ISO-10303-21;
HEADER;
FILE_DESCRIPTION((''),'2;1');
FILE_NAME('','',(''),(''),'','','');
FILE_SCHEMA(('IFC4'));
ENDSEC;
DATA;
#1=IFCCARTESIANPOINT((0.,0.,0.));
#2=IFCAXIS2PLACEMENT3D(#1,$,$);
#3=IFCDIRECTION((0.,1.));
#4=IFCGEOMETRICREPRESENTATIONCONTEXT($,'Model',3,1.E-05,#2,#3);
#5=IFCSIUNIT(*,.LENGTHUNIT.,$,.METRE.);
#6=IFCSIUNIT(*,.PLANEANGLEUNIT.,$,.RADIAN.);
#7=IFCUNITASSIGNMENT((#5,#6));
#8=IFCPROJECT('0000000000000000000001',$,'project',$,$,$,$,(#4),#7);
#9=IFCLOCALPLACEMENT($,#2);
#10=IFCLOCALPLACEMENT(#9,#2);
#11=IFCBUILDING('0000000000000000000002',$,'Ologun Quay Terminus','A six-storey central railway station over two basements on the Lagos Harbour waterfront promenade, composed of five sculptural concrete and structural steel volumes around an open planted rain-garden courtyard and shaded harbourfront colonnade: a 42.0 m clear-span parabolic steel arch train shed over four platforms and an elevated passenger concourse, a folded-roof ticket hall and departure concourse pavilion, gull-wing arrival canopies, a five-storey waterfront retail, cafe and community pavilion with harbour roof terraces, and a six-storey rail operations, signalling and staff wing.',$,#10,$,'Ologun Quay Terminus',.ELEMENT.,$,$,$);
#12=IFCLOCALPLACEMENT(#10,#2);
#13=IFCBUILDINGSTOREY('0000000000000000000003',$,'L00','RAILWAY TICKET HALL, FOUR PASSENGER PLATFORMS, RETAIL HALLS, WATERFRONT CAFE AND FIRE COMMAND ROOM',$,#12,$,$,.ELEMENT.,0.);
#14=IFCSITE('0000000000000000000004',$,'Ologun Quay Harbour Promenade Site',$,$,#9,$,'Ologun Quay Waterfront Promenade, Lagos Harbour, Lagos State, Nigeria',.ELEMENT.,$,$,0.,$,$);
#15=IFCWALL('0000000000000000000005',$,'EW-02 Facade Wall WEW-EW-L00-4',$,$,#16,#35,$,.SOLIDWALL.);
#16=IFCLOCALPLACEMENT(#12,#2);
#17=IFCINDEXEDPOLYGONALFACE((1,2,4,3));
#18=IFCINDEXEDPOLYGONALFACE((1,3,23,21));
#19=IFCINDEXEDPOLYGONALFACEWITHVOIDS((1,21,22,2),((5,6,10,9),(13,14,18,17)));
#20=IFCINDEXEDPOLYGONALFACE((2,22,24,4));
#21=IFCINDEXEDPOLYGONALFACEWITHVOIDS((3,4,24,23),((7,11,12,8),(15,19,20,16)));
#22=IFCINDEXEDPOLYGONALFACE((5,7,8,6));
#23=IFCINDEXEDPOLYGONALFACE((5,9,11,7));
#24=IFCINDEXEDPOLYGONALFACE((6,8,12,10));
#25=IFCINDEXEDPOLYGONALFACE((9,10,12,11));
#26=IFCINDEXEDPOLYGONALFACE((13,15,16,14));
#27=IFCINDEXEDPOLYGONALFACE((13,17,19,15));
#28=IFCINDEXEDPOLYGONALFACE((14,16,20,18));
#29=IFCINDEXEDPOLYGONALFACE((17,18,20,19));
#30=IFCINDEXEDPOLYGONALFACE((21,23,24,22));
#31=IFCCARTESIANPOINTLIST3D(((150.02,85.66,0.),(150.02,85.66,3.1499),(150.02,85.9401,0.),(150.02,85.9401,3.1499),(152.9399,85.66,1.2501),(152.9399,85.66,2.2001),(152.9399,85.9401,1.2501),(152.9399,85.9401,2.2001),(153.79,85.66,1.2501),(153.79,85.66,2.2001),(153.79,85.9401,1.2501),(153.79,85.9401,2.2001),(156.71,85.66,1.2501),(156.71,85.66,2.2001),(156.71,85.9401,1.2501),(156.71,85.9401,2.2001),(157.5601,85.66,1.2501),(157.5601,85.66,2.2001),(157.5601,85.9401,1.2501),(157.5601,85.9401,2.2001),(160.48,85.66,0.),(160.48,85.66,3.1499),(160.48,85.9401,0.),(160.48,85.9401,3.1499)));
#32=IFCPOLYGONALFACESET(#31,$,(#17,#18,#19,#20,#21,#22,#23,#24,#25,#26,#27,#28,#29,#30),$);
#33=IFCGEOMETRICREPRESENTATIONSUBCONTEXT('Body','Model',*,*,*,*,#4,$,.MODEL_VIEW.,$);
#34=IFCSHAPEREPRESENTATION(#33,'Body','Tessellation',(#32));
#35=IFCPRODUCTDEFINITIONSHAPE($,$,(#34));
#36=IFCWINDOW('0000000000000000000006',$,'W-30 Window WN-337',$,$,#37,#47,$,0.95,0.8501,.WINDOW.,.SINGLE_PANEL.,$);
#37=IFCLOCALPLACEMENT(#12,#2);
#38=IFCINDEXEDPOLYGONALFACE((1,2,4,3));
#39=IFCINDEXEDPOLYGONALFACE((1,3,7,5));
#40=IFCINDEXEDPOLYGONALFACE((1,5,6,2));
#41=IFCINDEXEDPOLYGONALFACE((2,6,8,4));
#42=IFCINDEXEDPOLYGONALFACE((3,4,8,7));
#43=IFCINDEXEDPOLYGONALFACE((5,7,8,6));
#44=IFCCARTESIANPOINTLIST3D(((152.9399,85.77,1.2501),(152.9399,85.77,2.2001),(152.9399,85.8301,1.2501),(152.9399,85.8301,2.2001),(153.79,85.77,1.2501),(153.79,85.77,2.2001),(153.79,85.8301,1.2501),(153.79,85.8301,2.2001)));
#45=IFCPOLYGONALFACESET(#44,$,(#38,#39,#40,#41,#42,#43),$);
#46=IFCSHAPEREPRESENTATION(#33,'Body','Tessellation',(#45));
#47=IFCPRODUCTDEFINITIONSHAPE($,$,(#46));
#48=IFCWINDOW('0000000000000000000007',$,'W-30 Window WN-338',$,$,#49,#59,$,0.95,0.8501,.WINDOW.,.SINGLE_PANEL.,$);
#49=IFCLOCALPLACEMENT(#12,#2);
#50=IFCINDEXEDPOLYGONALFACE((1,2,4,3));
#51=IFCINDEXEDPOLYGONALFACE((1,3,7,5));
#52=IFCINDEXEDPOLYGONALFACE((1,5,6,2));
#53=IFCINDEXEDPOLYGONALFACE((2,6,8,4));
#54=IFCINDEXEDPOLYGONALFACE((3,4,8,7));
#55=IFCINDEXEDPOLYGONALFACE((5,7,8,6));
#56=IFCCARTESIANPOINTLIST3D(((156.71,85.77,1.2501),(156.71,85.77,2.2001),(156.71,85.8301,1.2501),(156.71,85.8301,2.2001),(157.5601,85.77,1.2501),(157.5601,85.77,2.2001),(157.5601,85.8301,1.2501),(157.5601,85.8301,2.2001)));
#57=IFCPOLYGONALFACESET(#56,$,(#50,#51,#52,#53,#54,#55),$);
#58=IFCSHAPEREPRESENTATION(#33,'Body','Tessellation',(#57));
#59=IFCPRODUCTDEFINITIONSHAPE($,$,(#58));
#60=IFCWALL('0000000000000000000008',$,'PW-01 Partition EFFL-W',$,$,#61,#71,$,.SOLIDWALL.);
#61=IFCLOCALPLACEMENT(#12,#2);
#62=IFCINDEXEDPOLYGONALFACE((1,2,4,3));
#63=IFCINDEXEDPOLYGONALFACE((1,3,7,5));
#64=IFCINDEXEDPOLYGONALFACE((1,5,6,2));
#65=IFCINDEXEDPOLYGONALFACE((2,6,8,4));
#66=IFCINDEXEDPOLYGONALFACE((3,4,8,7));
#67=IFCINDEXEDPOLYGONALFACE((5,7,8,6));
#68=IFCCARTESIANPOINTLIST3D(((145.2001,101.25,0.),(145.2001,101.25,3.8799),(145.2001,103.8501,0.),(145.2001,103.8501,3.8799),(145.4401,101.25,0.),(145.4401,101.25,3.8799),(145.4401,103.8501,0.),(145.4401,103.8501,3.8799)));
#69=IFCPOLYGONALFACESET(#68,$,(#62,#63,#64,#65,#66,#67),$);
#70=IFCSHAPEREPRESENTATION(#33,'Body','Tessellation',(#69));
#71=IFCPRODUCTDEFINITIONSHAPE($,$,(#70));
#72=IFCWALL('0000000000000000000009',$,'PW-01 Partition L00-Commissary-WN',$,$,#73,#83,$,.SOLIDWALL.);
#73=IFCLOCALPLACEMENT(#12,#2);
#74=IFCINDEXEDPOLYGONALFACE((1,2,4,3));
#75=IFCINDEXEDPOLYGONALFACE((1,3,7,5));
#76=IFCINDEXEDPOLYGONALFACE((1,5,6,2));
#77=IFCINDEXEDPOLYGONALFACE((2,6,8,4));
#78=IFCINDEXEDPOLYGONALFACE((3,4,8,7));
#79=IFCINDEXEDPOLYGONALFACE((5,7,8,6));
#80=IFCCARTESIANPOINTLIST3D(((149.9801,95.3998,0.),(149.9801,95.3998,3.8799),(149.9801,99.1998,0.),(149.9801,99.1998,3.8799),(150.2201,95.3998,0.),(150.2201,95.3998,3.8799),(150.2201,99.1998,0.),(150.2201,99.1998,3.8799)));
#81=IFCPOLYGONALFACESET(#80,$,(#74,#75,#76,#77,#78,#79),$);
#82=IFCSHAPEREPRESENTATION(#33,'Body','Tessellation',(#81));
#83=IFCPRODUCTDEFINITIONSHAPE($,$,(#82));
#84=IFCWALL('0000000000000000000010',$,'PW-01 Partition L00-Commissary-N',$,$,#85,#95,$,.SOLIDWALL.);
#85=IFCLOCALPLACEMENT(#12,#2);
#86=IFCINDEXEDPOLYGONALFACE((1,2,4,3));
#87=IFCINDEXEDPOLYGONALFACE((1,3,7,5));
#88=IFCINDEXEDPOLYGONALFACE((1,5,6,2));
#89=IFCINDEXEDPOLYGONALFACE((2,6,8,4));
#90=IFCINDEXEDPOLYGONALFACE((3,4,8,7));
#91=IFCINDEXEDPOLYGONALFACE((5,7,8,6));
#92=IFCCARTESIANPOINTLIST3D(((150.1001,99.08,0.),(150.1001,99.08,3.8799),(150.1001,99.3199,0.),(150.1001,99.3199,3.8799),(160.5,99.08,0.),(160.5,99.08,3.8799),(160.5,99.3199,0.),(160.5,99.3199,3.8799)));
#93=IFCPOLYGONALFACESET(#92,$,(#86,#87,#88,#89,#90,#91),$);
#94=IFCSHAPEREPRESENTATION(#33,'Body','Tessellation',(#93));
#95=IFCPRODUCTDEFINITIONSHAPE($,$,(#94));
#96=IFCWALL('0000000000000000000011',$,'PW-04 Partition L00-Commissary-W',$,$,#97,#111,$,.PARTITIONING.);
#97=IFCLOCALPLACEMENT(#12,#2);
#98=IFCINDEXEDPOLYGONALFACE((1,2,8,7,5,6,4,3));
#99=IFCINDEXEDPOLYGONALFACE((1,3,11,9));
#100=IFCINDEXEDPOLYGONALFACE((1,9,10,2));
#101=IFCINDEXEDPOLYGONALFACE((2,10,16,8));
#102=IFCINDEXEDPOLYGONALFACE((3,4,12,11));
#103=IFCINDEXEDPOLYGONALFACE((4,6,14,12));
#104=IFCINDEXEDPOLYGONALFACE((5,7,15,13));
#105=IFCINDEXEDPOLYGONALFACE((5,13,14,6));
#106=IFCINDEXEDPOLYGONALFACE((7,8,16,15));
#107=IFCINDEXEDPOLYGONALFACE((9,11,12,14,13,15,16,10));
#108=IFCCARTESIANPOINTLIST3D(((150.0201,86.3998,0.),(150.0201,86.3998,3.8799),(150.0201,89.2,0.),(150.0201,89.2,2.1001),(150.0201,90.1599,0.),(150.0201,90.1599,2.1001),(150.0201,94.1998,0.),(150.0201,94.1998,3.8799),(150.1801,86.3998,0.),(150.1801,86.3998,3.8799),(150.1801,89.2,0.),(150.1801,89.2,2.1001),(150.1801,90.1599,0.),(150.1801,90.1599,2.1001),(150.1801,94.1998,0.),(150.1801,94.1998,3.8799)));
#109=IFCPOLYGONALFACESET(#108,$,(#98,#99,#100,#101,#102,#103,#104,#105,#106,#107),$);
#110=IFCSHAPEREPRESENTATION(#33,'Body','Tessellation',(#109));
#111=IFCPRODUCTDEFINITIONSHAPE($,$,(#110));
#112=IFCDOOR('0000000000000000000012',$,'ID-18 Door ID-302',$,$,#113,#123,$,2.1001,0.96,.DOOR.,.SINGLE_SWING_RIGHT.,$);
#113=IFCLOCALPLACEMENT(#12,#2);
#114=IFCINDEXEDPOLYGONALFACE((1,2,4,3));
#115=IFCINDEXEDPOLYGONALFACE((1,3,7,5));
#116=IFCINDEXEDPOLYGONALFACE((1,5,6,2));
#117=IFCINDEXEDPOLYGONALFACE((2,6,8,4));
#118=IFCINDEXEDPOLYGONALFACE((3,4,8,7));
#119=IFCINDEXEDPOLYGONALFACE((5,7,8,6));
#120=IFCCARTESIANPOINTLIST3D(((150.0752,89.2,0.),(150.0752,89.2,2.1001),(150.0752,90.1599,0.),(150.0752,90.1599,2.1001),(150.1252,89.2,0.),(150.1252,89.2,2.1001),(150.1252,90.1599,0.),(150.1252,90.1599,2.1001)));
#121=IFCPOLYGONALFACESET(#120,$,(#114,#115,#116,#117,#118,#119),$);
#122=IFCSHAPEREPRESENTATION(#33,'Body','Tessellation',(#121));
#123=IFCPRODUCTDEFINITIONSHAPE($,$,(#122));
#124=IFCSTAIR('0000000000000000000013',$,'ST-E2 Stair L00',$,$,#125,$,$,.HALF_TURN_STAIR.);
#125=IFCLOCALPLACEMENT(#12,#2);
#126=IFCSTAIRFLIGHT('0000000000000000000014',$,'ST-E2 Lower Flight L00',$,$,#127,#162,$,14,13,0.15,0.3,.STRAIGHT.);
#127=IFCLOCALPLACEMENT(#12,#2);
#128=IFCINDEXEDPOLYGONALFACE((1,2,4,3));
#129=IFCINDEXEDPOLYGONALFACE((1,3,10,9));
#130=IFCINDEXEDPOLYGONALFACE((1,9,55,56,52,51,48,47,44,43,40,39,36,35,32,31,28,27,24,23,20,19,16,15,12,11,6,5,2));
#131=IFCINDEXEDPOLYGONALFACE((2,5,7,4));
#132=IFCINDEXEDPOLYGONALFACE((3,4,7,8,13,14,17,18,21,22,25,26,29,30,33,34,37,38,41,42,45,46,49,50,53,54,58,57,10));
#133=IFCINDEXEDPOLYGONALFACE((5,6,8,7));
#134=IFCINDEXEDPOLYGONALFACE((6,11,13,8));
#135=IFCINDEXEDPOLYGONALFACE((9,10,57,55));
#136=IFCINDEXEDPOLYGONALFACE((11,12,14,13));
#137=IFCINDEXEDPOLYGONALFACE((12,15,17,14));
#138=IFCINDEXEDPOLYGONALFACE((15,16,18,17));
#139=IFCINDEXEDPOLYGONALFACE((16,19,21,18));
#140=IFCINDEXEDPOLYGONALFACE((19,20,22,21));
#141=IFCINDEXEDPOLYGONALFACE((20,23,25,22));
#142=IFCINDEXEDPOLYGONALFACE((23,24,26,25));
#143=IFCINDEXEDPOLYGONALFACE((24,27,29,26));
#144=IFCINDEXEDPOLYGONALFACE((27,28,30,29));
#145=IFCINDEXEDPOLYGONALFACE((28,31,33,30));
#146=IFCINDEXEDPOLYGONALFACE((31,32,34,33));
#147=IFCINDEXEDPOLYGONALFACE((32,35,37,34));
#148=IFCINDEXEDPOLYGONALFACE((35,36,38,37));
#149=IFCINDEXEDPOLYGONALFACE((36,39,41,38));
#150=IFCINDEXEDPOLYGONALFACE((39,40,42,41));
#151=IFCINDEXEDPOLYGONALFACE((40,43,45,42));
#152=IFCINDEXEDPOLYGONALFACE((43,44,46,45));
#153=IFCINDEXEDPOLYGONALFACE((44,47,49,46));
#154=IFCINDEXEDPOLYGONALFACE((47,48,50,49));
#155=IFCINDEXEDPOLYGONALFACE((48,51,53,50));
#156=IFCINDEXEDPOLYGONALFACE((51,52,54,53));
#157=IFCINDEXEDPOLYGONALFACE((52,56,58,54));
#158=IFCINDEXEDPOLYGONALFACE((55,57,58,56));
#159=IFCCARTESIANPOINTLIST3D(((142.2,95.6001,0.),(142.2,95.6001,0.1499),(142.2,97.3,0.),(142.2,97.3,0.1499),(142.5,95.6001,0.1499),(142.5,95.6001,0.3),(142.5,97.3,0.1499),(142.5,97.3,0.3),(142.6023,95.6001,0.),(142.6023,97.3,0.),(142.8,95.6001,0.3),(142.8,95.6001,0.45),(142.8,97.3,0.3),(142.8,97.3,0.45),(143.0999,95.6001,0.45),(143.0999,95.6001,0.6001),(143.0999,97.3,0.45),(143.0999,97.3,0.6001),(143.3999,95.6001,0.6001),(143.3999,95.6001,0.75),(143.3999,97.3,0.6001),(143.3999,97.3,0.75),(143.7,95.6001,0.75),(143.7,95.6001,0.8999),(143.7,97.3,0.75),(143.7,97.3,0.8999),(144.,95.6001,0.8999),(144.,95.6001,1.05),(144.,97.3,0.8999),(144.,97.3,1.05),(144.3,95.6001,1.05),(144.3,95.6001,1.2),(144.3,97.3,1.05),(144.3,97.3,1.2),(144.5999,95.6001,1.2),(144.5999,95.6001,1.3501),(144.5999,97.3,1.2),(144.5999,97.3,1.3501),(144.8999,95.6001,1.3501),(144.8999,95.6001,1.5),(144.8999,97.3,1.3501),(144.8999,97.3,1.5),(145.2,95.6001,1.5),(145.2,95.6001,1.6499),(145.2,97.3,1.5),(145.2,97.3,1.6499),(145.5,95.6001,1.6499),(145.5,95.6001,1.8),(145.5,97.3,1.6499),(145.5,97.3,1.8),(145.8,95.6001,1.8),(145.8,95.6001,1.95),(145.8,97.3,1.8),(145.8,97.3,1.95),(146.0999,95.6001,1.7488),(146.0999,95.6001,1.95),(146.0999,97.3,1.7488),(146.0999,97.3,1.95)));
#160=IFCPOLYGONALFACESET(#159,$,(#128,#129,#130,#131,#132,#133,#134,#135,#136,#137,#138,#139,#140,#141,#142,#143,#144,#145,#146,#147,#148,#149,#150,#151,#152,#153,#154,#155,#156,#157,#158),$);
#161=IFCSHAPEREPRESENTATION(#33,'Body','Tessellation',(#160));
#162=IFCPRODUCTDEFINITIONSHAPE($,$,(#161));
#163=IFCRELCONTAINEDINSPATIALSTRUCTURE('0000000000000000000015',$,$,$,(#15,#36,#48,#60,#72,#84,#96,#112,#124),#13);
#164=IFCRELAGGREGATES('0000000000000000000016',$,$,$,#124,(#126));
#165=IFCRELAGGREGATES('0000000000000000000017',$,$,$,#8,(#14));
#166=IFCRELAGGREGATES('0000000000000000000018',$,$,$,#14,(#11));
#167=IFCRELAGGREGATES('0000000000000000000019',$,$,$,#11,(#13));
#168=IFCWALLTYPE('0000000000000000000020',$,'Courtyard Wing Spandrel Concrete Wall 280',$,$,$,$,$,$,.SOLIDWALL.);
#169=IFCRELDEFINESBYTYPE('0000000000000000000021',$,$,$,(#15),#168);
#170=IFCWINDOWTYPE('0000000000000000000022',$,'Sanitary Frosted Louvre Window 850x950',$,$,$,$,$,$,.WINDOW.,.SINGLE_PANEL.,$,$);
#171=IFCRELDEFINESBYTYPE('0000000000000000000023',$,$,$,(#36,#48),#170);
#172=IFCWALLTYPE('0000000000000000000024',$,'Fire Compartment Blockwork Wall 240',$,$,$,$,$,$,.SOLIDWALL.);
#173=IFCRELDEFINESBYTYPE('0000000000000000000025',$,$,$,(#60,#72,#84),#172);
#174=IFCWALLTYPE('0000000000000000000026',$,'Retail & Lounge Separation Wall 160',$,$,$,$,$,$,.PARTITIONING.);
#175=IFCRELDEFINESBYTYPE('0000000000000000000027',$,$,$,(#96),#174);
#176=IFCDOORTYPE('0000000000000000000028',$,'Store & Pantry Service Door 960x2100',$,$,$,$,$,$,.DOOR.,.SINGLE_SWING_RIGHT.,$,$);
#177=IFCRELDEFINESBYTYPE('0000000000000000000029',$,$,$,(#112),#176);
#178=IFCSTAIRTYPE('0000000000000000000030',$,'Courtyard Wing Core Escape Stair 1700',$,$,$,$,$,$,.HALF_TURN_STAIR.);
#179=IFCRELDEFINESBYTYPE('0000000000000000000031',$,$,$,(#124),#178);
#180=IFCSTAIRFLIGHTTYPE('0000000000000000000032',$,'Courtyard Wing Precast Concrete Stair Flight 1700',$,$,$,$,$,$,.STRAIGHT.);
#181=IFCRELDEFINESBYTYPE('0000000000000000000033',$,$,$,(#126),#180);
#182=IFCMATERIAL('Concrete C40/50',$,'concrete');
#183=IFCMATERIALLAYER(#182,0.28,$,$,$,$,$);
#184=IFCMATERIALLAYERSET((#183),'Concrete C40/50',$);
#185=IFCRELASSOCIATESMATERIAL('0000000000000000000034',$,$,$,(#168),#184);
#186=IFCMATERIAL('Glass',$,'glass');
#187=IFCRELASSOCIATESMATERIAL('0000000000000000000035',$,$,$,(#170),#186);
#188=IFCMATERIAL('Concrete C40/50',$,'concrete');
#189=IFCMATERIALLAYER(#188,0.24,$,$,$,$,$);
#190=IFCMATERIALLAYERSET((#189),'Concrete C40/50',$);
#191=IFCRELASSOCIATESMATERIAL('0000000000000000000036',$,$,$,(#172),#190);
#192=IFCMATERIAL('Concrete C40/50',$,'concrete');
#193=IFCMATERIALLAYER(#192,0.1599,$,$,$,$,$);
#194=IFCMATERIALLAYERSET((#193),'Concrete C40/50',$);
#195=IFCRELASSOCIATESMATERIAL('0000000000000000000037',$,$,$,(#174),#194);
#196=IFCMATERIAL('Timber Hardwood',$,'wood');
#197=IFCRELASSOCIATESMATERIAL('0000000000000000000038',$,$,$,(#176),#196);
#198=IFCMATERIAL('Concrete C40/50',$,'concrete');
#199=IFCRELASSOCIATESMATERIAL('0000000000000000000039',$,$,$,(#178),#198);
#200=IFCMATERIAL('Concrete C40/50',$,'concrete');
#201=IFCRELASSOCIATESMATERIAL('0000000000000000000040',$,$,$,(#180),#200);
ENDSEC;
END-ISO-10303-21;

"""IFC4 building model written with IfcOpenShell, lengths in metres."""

from ifc_helpers import new_model, si_unit, direction, frame, frame_2d, origin, place, context, subcontext, project, spatial, polyline, rectangle, outline, extrude, material, layer, layer_set, type_object, element, fill, aggregate, save


model = new_model("IFC4")

# Units and contexts
model_context = context("Model", 3, precision=1e-05, world=origin(), true_north=direction((0.0, 1.0)))
body_context = subcontext(model_context, "Body", "Model", "MODEL_VIEW")
ifc_project = project(units=[si_unit("LENGTHUNIT", "METRE"), si_unit("PLANEANGLEUNIT", "RADIAN")], contexts=[model_context])

# Site, building, storey
site_placement = place(None, origin())
site = spatial("IfcSite", under=ifc_project, at=site_placement, Name="Ologun Quay Harbour Promenade Site", LongName="Ologun Quay Waterfront Promenade, Lagos Harbour, Lagos State, Nigeria", CompositionType="ELEMENT", RefElevation=0.0)
building_placement = place(site_placement, origin())
building = spatial("IfcBuilding", under=site, at=building_placement, Name="Ologun Quay Terminus", Description="A six-storey central railway station over two basements on the Lagos Harbour waterfront promenade, composed of five sculptural concrete and structural steel volumes around an open planted rain-garden courtyard and shaded harbourfront colonnade: a 42.0 m clear-span parabolic steel arch train shed over four platforms and an elevated passenger concourse, a folded-roof ticket hall and departure concourse pavilion, gull-wing arrival canopies, a five-storey waterfront retail, cafe and community pavilion with harbour roof terraces, and a six-storey rail operations, signalling and staff wing.", LongName="Ologun Quay Terminus", CompositionType="ELEMENT")
storey_placement = place(building_placement, origin())
storey = spatial("IfcBuildingStorey", under=building, at=storey_placement, Name="L00", Description="RAILWAY TICKET HALL, FOUR PASSENGER PLATFORMS, RETAIL HALLS, WATERFRONT CAFE AND FIRE COMMAND ROOM", CompositionType="ELEMENT", Elevation=0.0)

# Wall, openings, windows
ifc_material_1 = material(Name="Concrete C40/50", Category="concrete")
ifc_layer_1 = layer(ifc_material_1, 0.28)
ifc_layer_set_1 = layer_set([ifc_layer_1], Name="Concrete C40/50")
wall_type_1 = type_object("IfcWallType", Name="Courtyard Wing Spandrel Concrete Wall 280", PredefinedType="SOLIDWALL", material=ifc_layer_set_1)
wall_1_placement = place(storey_placement, frame((150.02, 85.8, 0.0), z_axis=(0.0, 0.0, 1.0), x_axis=(1.0, 0.0, 0.0)))
wall_1 = element("IfcWall", 1, at=wall_1_placement, inside=storey, type_object=wall_type_1, Name="EW-02 Facade Wall WEW-EW-L00-4", PredefinedType="SOLIDWALL", context=body_context, shape_type="SweptSolid", body=[
    extrude(rectangle(XDim=10.46, YDim=0.28, at=frame_2d((5.23, 0.0))), origin(), (0.0, 0.0, 1.0), 3.1499),
])
opening_1_placement = place(wall_1_placement, frame((2.9199, 0.0, 1.25)))
opening_1 = element("IfcOpeningElement", 2, at=opening_1_placement, cuts=wall_1, PredefinedType="OPENING", context=body_context, shape_type="SweptSolid", body=[
    extrude(rectangle(XDim=0.8501, YDim=0.95, at=frame_2d((0.425, 0.4751))), frame((0.0, 0.1499, 0.0), z_axis=(0.0, -1.0, 0.0), x_axis=(1.0, 0.0, 0.0)), (0.0, 0.0, 1.0), 0.3),
])
opening_2_placement = place(wall_1_placement, frame((6.6899, 0.0, 1.25)))
opening_2 = element("IfcOpeningElement", 3, at=opening_2_placement, cuts=wall_1, PredefinedType="OPENING", context=body_context, shape_type="SweptSolid", body=[
    extrude(rectangle(XDim=0.8501, YDim=0.95, at=frame_2d((0.425, 0.4751))), frame((0.0, 0.1499, 0.0), z_axis=(0.0, -1.0, 0.0), x_axis=(1.0, 0.0, 0.0)), (0.0, 0.0, 1.0), 0.3),
])
ifc_material_2 = material(Name="Glass", Category="glass")
window_type = type_object("IfcWindowType", Name="Sanitary Frosted Louvre Window 850x950", PartitioningType="SINGLE_PANEL", PredefinedType="WINDOW", material=ifc_material_2)
window_1_placement = place(opening_1_placement, origin())
window_1 = element("IfcWindow", 4, at=window_1_placement, inside=storey, type_object=window_type, Name="W-30 Window WN-337", OverallHeight=0.95, OverallWidth=0.8501, PartitioningType="SINGLE_PANEL", PredefinedType="WINDOW", context=body_context, shape_type="SweptSolid", body=[
    extrude(rectangle(XDim=0.8501, YDim=0.95, at=frame_2d((0.425, 0.4751))), frame((0.0, 0.03, 0.0), z_axis=(0.0, -1.0, 0.0), x_axis=(1.0, 0.0, 0.0)), (0.0, 0.0, 1.0), 0.0601),
])
fill(opening_1, window_1)
window_2_placement = place(opening_2_placement, origin())
window_2 = element("IfcWindow", 5, at=window_2_placement, inside=storey, type_object=window_type, Name="W-30 Window WN-338", OverallHeight=0.95, OverallWidth=0.8501, PartitioningType="SINGLE_PANEL", PredefinedType="WINDOW", context=body_context, shape_type="SweptSolid", body=[
    extrude(rectangle(XDim=0.8501, YDim=0.95, at=frame_2d((0.425, 0.4751))), frame((0.0, 0.03, 0.0), z_axis=(0.0, -1.0, 0.0), x_axis=(1.0, 0.0, 0.0)), (0.0, 0.0, 1.0), 0.0601),
])
fill(opening_2, window_2)

# Shared definitions
ifc_material_3 = material(Name="Concrete C40/50", Category="concrete")
ifc_layer_2 = layer(ifc_material_3, 0.24)
ifc_layer_set_2 = layer_set([ifc_layer_2], Name="Concrete C40/50")
wall_type_2 = type_object("IfcWallType", Name="Fire Compartment Blockwork Wall 240", PredefinedType="SOLIDWALL", material=ifc_layer_set_2)

# Walls
wall_2_placement = place(storey_placement, frame((145.3201, 101.25, 0.0), z_axis=(0.0, 0.0, 1.0), x_axis=(0.0, 1.0, 0.0)))
element("IfcWall", 6, at=wall_2_placement, inside=storey, type_object=wall_type_2, Name="PW-01 Partition EFFL-W", PredefinedType="SOLIDWALL", context=body_context, shape_type="SweptSolid", body=[
    extrude(rectangle(XDim=2.6001, YDim=0.24, at=frame_2d((1.3, 0.0))), origin(), (0.0, 0.0, 1.0), 3.8799),
])
wall_3_placement = place(storey_placement, frame((150.1001, 95.3999, 0.0), z_axis=(0.0, 0.0, 1.0), x_axis=(0.0, 1.0, 0.0)))
element("IfcWall", 7, at=wall_3_placement, inside=storey, type_object=wall_type_2, Name="PW-01 Partition L00-Commissary-WN", PredefinedType="SOLIDWALL", context=body_context, shape_type="SweptSolid", body=[
    extrude(rectangle(XDim=3.8, YDim=0.24, at=frame_2d((1.8999, 0.0))), origin(), (0.0, 0.0, 1.0), 3.8799),
])
wall_4_placement = place(storey_placement, frame((150.1001, 99.2, 0.0), z_axis=(0.0, 0.0, 1.0), x_axis=(1.0, 0.0, 0.0)))
element("IfcWall", 8, at=wall_4_placement, inside=storey, type_object=wall_type_2, Name="PW-01 Partition L00-Commissary-N", PredefinedType="SOLIDWALL", context=body_context, shape_type="SweptSolid", body=[
    extrude(rectangle(XDim=10.3999, YDim=0.24, at=frame_2d((5.2, 0.0))), origin(), (0.0, 0.0, 1.0), 3.8799),
])

# Wall, opening, door
ifc_material_4 = material(Name="Concrete C40/50", Category="concrete")
ifc_layer_3 = layer(ifc_material_4, 0.1599)
ifc_layer_set_3 = layer_set([ifc_layer_3], Name="Concrete C40/50")
wall_type_3 = type_object("IfcWallType", Name="Retail & Lounge Separation Wall 160", PredefinedType="PARTITIONING", material=ifc_layer_set_3)
wall_5_placement = place(storey_placement, frame((150.1001, 86.3999, 0.0), z_axis=(0.0, 0.0, 1.0), x_axis=(0.0, 1.0, 0.0)))
wall_5 = element("IfcWall", 9, at=wall_5_placement, inside=storey, type_object=wall_type_3, Name="PW-04 Partition L00-Commissary-W", PredefinedType="PARTITIONING", context=body_context, shape_type="SweptSolid", body=[
    extrude(rectangle(XDim=7.8, YDim=0.1599, at=frame_2d((3.8999, 0.0))), origin(), (0.0, 0.0, 1.0), 3.8799),
])
opening_3_placement = place(wall_5_placement, frame((2.8, 0.0, 0.0)))
opening_3 = element("IfcOpeningElement", 10, at=opening_3_placement, cuts=wall_5, PredefinedType="OPENING", context=body_context, shape_type="SweptSolid", body=[
    extrude(rectangle(XDim=0.96, YDim=2.1001, at=frame_2d((0.48, 1.05))), frame((0.0, 0.0898, 0.0), z_axis=(0.0, -1.0, 0.0), x_axis=(1.0, 0.0, 0.0)), (0.0, 0.0, 1.0), 0.1799),
])
ifc_material_5 = material(Name="Timber Hardwood", Category="wood")
door_type_1 = type_object("IfcDoorType", Name="Store & Pantry Service Door 960x2100", OperationType="SINGLE_SWING_RIGHT", PredefinedType="DOOR", material=ifc_material_5)
door_1_placement = place(opening_3_placement, origin())
door_1 = element("IfcDoor", 11, at=door_1_placement, inside=storey, type_object=door_type_1, Name="ID-18 Door ID-302", OperationType="SINGLE_SWING_RIGHT", OverallHeight=2.1001, OverallWidth=0.96, PredefinedType="DOOR", context=body_context, shape_type="SweptSolid", body=[
    extrude(rectangle(XDim=0.96, YDim=2.1001, at=frame_2d((0.48, 1.05))), frame((0.0, 0.0249, 0.0), z_axis=(0.0, -1.0, 0.0), x_axis=(1.0, 0.0, 0.0)), (0.0, 0.0, 1.0), 0.05),
])
fill(opening_3, door_1)

# Stair, stair flight
ifc_material_6 = material(Name="Concrete C40/50", Category="concrete")
stair_type = type_object("IfcStairType", Name="Courtyard Wing Core Escape Stair 1700", PredefinedType="HALF_TURN_STAIR", material=ifc_material_6)
stair_placement = place(storey_placement, origin())
stair = element("IfcStair", 12, at=stair_placement, inside=storey, type_object=stair_type, Name="ST-E2 Stair L00", PredefinedType="HALF_TURN_STAIR")
ifc_material_7 = material(Name="Concrete C40/50", Category="concrete")
stair_flight_type = type_object("IfcStairFlightType", Name="Courtyard Wing Precast Concrete Stair Flight 1700", PredefinedType="STRAIGHT", material=ifc_material_7)
stair_flight_1_placement = place(storey_placement, frame((142.2, 96.45, 0.0), z_axis=(0.0, 0.0, 1.0), x_axis=(1.0, 0.0, 0.0)))
stair_flight_1 = element("IfcStairFlight", 13, at=stair_flight_1_placement, type_object=stair_flight_type, Name="ST-E2 Lower Flight L00", NumberOfRisers=14, NumberOfTreads=13, PredefinedType="STRAIGHT", RiserHeight=0.15, TreadLength=0.3, context=body_context, shape_type="SweptSolid", body=[
    extrude(outline(polyline([(0.0, 0.0), (0.0, 0.1499), (0.3, 0.1499), (0.3, 0.3), (0.6001, 0.3), (0.6001, 0.45), (0.8999, 0.45), (0.8999, 0.6001), (1.2, 0.6001), (1.2, 0.75), (1.5, 0.75), (1.5, 0.8999), (1.8, 0.8999), (1.8, 1.05), (2.1001, 1.05), (2.1001, 1.2), (2.3999, 1.2), (2.3999, 1.3501), (2.7, 1.3501), (2.7, 1.5), (3.0, 1.5), (3.0, 1.6499), (3.3, 1.6499), (3.3, 1.8), (3.6001, 1.8), (3.6001, 1.95), (3.8999, 1.95), (3.8999, 2.1001), (3.8999, 1.7488), (0.4023, 0.0), (0.0, 0.0)])), frame((0.0, 0.8501, 0.0), z_axis=(0.0, -1.0, 0.0), x_axis=(1.0, 0.0, 0.0)), (0.0, 0.0, 1.0), 1.7),
])
aggregate(stair, [stair_flight_1])

save(model, "model.ifc")
